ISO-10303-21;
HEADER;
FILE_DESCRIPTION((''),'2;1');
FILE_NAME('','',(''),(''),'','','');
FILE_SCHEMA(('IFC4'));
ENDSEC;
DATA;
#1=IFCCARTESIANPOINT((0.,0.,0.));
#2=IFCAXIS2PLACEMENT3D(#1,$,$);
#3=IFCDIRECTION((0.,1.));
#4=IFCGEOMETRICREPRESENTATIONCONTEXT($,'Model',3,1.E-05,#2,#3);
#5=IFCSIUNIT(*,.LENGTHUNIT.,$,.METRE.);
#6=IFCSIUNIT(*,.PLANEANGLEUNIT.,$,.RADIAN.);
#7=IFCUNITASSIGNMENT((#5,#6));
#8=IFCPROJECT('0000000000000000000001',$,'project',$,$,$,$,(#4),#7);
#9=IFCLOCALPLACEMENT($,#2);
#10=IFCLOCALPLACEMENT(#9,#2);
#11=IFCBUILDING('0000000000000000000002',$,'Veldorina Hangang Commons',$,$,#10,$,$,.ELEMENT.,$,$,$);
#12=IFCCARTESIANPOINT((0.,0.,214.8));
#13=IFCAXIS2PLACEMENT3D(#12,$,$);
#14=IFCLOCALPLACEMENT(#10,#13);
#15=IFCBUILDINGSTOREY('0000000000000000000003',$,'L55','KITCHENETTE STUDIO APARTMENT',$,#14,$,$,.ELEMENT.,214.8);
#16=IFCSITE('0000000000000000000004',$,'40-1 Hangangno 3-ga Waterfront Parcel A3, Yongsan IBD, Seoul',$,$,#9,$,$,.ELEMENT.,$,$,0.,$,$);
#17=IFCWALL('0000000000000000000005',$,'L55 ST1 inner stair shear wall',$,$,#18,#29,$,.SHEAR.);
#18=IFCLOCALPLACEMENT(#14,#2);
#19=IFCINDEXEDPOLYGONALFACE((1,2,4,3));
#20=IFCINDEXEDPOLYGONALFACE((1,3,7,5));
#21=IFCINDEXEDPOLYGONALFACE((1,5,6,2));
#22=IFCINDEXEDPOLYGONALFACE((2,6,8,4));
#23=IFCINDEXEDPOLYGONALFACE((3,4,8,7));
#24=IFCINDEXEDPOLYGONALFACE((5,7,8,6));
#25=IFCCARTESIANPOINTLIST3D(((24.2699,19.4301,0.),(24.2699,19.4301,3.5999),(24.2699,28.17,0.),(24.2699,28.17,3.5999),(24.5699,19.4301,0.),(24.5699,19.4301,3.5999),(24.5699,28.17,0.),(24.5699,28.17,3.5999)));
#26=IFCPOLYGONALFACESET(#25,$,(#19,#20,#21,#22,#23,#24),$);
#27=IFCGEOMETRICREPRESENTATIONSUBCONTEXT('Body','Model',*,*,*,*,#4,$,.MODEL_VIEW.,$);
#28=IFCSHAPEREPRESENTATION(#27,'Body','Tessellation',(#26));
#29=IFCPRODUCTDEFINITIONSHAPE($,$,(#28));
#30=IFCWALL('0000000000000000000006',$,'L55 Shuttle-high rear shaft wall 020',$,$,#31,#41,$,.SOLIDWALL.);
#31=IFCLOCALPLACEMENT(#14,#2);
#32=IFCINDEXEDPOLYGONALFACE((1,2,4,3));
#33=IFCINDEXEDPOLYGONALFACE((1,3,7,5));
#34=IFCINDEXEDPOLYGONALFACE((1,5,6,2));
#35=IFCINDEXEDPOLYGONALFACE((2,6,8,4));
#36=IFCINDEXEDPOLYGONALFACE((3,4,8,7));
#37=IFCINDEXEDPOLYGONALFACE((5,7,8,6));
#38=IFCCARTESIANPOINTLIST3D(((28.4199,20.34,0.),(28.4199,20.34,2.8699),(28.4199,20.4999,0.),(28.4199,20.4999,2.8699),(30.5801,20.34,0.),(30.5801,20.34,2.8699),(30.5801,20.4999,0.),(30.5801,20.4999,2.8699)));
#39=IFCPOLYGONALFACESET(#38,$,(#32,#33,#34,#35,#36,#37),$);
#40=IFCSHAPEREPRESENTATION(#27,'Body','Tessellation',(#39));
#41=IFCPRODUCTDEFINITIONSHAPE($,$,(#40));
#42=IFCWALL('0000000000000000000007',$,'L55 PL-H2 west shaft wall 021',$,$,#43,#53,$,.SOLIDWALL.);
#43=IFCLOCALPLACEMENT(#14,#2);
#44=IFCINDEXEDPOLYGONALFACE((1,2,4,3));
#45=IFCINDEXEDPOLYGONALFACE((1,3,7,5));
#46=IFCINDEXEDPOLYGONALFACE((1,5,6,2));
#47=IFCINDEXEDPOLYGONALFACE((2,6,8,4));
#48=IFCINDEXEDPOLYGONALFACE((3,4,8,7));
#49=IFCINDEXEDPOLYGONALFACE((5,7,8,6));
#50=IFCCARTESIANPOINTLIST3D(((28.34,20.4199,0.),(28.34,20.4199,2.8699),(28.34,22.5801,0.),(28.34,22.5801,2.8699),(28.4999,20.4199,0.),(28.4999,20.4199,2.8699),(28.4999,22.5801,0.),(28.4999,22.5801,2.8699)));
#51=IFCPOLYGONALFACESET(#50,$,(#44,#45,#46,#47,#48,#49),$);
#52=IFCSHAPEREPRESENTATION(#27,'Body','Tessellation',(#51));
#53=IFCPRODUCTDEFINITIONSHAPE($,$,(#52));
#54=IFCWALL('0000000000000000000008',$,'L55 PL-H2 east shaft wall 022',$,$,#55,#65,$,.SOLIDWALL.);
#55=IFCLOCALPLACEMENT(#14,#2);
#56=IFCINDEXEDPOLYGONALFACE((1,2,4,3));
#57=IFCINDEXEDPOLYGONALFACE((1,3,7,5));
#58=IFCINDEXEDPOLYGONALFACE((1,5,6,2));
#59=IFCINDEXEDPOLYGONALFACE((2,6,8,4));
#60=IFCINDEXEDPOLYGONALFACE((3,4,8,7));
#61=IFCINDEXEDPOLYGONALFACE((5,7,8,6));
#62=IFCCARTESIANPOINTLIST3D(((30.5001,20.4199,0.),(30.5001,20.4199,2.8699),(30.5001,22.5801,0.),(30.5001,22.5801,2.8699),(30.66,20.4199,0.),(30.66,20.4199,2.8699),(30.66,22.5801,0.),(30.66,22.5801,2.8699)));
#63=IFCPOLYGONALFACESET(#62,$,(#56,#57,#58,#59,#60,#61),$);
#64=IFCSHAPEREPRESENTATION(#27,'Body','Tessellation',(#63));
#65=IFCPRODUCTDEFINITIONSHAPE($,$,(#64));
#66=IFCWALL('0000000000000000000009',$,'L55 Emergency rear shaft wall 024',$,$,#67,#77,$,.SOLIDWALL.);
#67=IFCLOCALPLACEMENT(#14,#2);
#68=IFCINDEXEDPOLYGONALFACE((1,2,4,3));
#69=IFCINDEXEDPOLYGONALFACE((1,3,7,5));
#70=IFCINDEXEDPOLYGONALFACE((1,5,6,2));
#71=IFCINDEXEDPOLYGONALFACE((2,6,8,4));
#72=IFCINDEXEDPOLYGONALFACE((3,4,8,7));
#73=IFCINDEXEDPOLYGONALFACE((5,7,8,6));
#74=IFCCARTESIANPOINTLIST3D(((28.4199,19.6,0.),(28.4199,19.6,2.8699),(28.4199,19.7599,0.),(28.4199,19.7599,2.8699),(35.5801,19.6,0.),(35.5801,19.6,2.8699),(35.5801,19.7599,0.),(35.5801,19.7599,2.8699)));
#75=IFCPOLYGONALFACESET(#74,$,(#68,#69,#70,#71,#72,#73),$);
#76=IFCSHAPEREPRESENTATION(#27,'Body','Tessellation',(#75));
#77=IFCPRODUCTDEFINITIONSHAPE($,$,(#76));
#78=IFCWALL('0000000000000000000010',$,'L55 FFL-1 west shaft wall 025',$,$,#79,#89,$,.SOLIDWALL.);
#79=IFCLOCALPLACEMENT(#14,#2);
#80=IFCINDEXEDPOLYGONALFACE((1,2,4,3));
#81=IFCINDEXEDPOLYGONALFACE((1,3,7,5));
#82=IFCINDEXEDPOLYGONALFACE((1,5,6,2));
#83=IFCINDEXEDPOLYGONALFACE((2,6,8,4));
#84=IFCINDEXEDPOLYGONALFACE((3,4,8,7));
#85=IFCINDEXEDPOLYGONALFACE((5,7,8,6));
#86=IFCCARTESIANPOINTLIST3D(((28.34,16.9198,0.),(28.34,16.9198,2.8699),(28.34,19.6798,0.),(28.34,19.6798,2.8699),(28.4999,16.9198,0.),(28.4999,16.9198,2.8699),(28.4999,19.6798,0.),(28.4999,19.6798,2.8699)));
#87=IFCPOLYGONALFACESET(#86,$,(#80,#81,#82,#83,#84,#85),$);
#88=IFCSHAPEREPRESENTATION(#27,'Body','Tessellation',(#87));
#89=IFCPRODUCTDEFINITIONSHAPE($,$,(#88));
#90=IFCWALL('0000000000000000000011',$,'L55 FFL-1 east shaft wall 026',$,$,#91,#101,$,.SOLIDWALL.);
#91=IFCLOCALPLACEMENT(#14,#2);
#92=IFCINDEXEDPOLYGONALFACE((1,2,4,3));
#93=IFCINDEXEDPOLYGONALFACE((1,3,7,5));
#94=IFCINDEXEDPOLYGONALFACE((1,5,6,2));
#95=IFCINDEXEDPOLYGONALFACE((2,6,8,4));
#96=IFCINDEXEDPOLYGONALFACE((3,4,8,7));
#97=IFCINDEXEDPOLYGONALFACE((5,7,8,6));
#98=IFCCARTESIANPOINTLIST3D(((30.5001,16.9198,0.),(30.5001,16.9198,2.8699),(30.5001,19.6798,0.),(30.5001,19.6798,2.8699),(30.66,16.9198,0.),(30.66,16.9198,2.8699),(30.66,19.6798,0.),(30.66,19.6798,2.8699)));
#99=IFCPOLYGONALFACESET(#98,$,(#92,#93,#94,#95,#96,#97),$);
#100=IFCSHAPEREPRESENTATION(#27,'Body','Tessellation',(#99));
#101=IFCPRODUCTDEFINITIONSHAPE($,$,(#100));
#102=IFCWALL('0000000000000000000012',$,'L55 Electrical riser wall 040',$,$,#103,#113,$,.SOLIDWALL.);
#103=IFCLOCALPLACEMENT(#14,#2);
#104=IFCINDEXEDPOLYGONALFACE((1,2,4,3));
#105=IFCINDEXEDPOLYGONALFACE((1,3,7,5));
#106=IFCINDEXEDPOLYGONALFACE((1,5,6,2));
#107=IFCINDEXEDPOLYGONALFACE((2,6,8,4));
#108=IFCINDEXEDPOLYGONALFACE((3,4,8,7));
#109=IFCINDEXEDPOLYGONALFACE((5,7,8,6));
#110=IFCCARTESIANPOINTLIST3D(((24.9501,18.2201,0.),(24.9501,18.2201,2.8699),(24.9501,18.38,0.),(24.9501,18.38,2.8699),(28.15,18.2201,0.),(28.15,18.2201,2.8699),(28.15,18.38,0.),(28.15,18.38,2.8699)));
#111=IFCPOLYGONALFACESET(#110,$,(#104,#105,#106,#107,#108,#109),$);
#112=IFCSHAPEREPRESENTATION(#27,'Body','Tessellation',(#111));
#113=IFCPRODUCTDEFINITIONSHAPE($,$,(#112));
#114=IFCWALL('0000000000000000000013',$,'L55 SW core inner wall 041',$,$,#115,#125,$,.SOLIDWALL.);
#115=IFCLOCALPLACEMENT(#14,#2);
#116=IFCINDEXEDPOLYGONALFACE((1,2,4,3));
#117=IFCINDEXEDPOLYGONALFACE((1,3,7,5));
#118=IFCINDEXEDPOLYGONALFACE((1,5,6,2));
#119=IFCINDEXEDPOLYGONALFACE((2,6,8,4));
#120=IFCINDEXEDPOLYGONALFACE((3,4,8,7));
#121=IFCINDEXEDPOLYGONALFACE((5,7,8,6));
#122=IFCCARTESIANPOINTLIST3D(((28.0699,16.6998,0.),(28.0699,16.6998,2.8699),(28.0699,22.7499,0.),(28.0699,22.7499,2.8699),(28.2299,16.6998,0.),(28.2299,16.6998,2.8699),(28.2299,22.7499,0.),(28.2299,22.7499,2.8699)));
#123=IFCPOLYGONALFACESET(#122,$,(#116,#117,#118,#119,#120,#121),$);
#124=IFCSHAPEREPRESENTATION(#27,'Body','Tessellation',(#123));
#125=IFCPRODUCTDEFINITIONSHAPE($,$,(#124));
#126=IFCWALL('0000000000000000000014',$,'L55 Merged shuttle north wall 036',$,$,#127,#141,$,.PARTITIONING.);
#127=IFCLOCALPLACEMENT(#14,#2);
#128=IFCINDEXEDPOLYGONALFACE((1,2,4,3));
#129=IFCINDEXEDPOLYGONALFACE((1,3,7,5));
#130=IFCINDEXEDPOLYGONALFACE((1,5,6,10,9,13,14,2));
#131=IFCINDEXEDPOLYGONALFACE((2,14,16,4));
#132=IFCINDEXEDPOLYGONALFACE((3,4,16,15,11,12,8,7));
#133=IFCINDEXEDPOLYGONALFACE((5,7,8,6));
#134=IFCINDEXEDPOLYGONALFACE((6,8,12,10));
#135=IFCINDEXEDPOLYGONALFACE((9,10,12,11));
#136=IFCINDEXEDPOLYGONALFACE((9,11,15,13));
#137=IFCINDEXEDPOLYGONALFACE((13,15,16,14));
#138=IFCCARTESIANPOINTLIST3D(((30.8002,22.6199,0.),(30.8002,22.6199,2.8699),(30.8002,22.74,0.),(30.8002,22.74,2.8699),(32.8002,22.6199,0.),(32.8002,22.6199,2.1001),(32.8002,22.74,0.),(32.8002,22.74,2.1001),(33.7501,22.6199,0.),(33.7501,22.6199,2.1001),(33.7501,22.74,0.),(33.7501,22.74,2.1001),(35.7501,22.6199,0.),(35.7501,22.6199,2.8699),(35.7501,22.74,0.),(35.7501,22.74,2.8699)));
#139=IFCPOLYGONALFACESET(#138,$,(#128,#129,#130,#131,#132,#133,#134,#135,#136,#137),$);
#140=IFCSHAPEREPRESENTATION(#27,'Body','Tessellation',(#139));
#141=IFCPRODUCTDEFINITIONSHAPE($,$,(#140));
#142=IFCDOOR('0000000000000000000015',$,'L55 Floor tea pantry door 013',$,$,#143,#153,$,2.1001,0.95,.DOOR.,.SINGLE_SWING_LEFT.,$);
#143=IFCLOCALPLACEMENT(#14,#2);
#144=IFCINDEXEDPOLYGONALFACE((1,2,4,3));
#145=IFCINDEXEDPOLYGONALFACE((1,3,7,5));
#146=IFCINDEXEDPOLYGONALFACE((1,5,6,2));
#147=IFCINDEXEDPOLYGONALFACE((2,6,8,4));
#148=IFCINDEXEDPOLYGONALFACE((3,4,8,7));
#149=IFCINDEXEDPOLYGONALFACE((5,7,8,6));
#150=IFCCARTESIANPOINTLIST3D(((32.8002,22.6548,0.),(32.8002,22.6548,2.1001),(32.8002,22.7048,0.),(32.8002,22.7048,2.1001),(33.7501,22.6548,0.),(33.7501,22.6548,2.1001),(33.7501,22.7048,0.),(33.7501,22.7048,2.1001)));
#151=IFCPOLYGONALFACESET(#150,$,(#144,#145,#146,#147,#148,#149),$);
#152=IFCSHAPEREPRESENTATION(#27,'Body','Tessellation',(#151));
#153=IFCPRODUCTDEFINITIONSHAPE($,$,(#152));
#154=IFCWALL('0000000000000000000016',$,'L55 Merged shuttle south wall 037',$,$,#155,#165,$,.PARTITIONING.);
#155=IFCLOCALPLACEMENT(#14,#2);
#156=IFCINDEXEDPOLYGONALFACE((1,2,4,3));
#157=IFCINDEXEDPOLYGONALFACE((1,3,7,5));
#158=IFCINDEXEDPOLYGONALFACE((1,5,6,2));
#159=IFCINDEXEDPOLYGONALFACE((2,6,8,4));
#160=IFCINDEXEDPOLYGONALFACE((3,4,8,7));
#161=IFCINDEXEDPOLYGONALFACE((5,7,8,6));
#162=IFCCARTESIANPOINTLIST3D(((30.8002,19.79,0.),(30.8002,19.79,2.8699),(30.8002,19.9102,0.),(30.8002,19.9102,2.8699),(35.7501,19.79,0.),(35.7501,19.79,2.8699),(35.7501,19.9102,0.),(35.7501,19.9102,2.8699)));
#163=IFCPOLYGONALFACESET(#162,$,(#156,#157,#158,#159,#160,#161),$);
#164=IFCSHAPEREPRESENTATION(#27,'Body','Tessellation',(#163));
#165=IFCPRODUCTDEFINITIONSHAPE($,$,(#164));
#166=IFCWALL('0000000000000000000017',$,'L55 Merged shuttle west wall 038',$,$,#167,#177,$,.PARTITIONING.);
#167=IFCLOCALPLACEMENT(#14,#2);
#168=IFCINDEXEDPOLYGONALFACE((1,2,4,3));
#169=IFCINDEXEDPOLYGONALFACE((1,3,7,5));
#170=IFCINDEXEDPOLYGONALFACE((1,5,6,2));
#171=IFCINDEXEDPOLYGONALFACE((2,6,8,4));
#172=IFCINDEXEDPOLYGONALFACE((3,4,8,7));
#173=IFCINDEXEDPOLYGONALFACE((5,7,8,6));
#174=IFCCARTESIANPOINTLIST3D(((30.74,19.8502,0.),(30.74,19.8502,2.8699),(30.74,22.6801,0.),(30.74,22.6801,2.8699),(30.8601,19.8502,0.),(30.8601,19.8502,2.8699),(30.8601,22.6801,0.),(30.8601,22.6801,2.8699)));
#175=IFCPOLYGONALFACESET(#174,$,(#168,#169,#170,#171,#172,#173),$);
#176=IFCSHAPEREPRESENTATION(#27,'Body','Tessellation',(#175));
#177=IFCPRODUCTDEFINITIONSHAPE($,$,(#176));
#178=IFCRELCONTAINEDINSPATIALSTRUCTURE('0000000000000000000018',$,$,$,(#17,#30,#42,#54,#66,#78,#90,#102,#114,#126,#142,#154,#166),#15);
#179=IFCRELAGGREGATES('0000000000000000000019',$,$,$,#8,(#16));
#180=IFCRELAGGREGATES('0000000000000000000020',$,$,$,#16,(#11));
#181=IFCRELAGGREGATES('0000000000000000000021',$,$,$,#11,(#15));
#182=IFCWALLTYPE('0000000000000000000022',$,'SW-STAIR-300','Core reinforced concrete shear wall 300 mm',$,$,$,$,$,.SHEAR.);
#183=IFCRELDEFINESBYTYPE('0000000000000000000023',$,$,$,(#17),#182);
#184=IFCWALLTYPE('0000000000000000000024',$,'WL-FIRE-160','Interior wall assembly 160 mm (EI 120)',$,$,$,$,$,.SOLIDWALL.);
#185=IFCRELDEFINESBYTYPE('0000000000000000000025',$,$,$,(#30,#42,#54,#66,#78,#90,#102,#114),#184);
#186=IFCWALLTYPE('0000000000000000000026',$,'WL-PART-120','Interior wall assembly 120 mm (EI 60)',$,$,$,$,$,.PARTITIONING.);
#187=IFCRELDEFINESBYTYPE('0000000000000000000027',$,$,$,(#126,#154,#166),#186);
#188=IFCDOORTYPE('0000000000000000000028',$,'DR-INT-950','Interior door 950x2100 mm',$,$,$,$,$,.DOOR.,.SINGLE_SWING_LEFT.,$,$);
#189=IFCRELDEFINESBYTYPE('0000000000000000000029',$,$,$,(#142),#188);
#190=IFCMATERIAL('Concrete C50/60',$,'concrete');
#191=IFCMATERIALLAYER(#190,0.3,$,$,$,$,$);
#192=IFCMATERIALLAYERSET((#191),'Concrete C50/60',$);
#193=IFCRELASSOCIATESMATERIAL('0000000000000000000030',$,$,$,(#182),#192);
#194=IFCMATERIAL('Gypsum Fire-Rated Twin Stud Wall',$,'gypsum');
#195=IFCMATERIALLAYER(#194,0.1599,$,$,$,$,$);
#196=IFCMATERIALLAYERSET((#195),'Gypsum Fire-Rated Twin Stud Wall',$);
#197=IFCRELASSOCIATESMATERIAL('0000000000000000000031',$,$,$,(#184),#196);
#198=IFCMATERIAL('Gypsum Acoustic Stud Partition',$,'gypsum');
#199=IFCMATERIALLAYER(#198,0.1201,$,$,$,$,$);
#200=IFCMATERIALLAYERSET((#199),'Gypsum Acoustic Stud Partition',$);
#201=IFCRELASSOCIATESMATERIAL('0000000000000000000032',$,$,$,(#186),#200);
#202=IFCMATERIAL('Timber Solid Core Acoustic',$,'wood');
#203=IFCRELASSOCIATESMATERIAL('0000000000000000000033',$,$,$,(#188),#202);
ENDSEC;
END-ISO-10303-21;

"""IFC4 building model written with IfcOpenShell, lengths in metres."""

from ifc_helpers import new_model, si_unit, direction, frame, frame_2d, origin, place, context, subcontext, project, spatial, rectangle, extrude, material, layer, layer_set, type_object, element, fill, save


model = new_model("IFC4")

# Units and contexts
model_context = context("Model", 3, precision=1e-05, world=origin(), true_north=direction((0.0, 1.0)))
body_context = subcontext(model_context, "Body", "Model", "MODEL_VIEW")
ifc_project = project(units=[si_unit("LENGTHUNIT", "METRE"), si_unit("PLANEANGLEUNIT", "RADIAN")], contexts=[model_context])

# Site, building, storey
site_placement = place(None, origin())
site = spatial("IfcSite", under=ifc_project, at=site_placement, Name="40-1 Hangangno 3-ga Waterfront Parcel A3, Yongsan IBD, Seoul", CompositionType="ELEMENT", RefElevation=0.0)
building_placement = place(site_placement, origin())
building = spatial("IfcBuilding", under=site, at=building_placement, Name="Veldorina Hangang Commons", CompositionType="ELEMENT")
storey_placement = place(building_placement, frame((0.0, 0.0, 214.8)))
storey = spatial("IfcBuildingStorey", under=building, at=storey_placement, Name="L55", Description="KITCHENETTE STUDIO APARTMENT", CompositionType="ELEMENT", Elevation=214.8)

# Shared definitions
ifc_material_1 = material(Name="Concrete C50/60", Category="concrete")

# Wall
ifc_layer_1 = layer(ifc_material_1, 0.3)
ifc_layer_set_1 = layer_set([ifc_layer_1], Name="Concrete C50/60")
wall_type_1 = type_object("IfcWallType", Name="SW-STAIR-300", Description="Core reinforced concrete shear wall 300 mm", PredefinedType="SHEAR", material=ifc_layer_set_1)
wall_1_placement = place(storey_placement, frame((24.4199, 19.4299, 0.0), z_axis=(0.0, 0.0, 1.0), x_axis=(0.0, 1.0, 0.0)))
element("IfcWall", 1, at=wall_1_placement, inside=storey, type_object=wall_type_1, Name="L55 ST1 inner stair shear wall", PredefinedType="SHEAR", context=body_context, shape_type="SweptSolid", body=[
    extrude(rectangle(XDim=8.74, YDim=0.3, at=frame_2d((4.3701, 0.0))), origin(), (0.0, 0.0, 1.0), 3.5999),
])

# Shared definitions
ifc_material_2 = material(Name="Gypsum Fire-Rated Twin Stud Wall", Category="gypsum")
ifc_layer_2 = layer(ifc_material_2, 0.1599)
ifc_layer_set_2 = layer_set([ifc_layer_2], Name="Gypsum Fire-Rated Twin Stud Wall")
wall_type_2 = type_object("IfcWallType", Name="WL-FIRE-160", Description="Interior wall assembly 160 mm (EI 120)", PredefinedType="SOLIDWALL", material=ifc_layer_set_2)

# Walls
for number, where, z_axis, x_axis, name in (
    (2, (28.4199, 20.4199, 0.0), (0.0, 0.0, 1.0), (1.0, 0.0, 0.0), "L55 Shuttle-high rear shaft wall 020"),
    (3, (28.4199, 20.4199, 0.0), (0.0, 0.0, 1.0), (0.0, 1.0, 0.0), "L55 PL-H2 west shaft wall 021"),
    (4, (30.5801, 20.4199, 0.0), (0.0, 0.0, 1.0), (0.0, 1.0, 0.0), "L55 PL-H2 east shaft wall 022"),
):
    element("IfcWall", number, at=place(storey_placement, frame(where, z_axis=z_axis, x_axis=x_axis)), inside=storey, type_object=wall_type_2, Name=name, PredefinedType="SOLIDWALL", context=body_context, shape_type="SweptSolid", body=[
        extrude(rectangle(XDim=2.1602, YDim=0.1599, at=frame_2d((1.0801, 0.0))), origin(), (0.0, 0.0, 1.0), 2.8699),
    ])

# Walls
wall_2_placement = place(storey_placement, frame((28.4199, 19.6799, 0.0), z_axis=(0.0, 0.0, 1.0), x_axis=(1.0, 0.0, 0.0)))
element("IfcWall", 5, at=wall_2_placement, inside=storey, type_object=wall_type_2, Name="L55 Emergency rear shaft wall 024", PredefinedType="SOLIDWALL", context=body_context, shape_type="SweptSolid", body=[
    extrude(rectangle(XDim=7.1602, YDim=0.1599, at=frame_2d((3.5801, 0.0))), origin(), (0.0, 0.0, 1.0), 2.8699),
])
for number, where, z_axis, x_axis, name in (
    (6, (28.4199, 16.9199, 0.0), (0.0, 0.0, 1.0), (0.0, 1.0, 0.0), "L55 FFL-1 west shaft wall 025"),
    (7, (30.5801, 16.9199, 0.0), (0.0, 0.0, 1.0), (0.0, 1.0, 0.0), "L55 FFL-1 east shaft wall 026"),
):
    element("IfcWall", number, at=place(storey_placement, frame(where, z_axis=z_axis, x_axis=x_axis)), inside=storey, type_object=wall_type_2, Name=name, PredefinedType="SOLIDWALL", context=body_context, shape_type="SweptSolid", body=[
        extrude(rectangle(XDim=2.76, YDim=0.1599, at=frame_2d((1.3799, 0.0))), origin(), (0.0, 0.0, 1.0), 2.8699),
    ])
wall_3_placement = place(storey_placement, frame((24.95, 18.3, 0.0), z_axis=(0.0, 0.0, 1.0), x_axis=(1.0, 0.0, 0.0)))
element("IfcWall", 8, at=wall_3_placement, inside=storey, type_object=wall_type_2, Name="L55 Electrical riser wall 040", PredefinedType="SOLIDWALL", context=body_context, shape_type="SweptSolid", body=[
    extrude(rectangle(XDim=3.2, YDim=0.1599, at=frame_2d((1.6001, 0.0))), origin(), (0.0, 0.0, 1.0), 2.8699),
])
wall_4_placement = place(storey_placement, frame((28.1499, 16.7, 0.0), z_axis=(0.0, 0.0, 1.0), x_axis=(0.0, 1.0, 0.0)))
element("IfcWall", 9, at=wall_4_placement, inside=storey, type_object=wall_type_2, Name="L55 SW core inner wall 041", PredefinedType="SOLIDWALL", context=body_context, shape_type="SweptSolid", body=[
    extrude(rectangle(XDim=6.05, YDim=0.1599, at=frame_2d((3.0249, 0.0))), origin(), (0.0, 0.0, 1.0), 2.8699),
])

# Wall, opening, door
ifc_material_3 = material(Name="Gypsum Acoustic Stud Partition", Category="gypsum")
ifc_layer_3 = layer(ifc_material_3, 0.1201)
ifc_layer_set_3 = layer_set([ifc_layer_3], Name="Gypsum Acoustic Stud Partition")
wall_type_3 = type_object("IfcWallType", Name="WL-PART-120", Description="Interior wall assembly 120 mm (EI 60)", PredefinedType="PARTITIONING", material=ifc_layer_set_3)
wall_5_placement = place(storey_placement, frame((30.8, 22.6799, 0.0), z_axis=(0.0, 0.0, 1.0), x_axis=(1.0, 0.0, 0.0)))
wall_5 = element("IfcWall", 10, at=wall_5_placement, inside=storey, type_object=wall_type_3, Name="L55 Merged shuttle north wall 036", PredefinedType="PARTITIONING", context=body_context, shape_type="SweptSolid", body=[
    extrude(rectangle(XDim=4.95, YDim=0.1201, at=frame_2d((2.4751, 0.0))), origin(), (0.0, 0.0, 1.0), 2.8699),
])
opening_1_placement = place(wall_5_placement, frame((2.0, 0.0, 0.0)))
opening_1 = element("IfcOpeningElement", 11, at=opening_1_placement, cuts=wall_5, PredefinedType="OPENING", context=body_context, shape_type="SweptSolid", body=[
    extrude(rectangle(XDim=0.95, YDim=2.1001, at=frame_2d((0.4751, 1.05))), frame((0.0, 0.0701, 0.0), z_axis=(0.0, -1.0, 0.0), x_axis=(1.0, 0.0, 0.0)), (0.0, 0.0, 1.0), 0.1401),
])
ifc_material_4 = material(Name="Timber Solid Core Acoustic", Category="wood")
door_type_1 = type_object("IfcDoorType", Name="DR-INT-950", Description="Interior door 950x2100 mm", OperationType="SINGLE_SWING_LEFT", PredefinedType="DOOR", material=ifc_material_4)
door_1_placement = place(opening_1_placement, origin())
door_1 = element("IfcDoor", 12, at=door_1_placement, inside=storey, type_object=door_type_1, Name="L55 Floor tea pantry door 013", OperationType="SINGLE_SWING_LEFT", OverallHeight=2.1001, OverallWidth=0.95, PredefinedType="DOOR", context=body_context, shape_type="SweptSolid", body=[
    extrude(rectangle(XDim=0.95, YDim=2.1001, at=frame_2d((0.4751, 1.05))), frame((0.0, 0.0249, 0.0), z_axis=(0.0, -1.0, 0.0), x_axis=(1.0, 0.0, 0.0)), (0.0, 0.0, 1.0), 0.05),
])
fill(opening_1, door_1)

# Walls
wall_6_placement = place(storey_placement, frame((30.8, 19.8501, 0.0), z_axis=(0.0, 0.0, 1.0), x_axis=(1.0, 0.0, 0.0)))
element("IfcWall", 13, at=wall_6_placement, inside=storey, type_object=wall_type_3, Name="L55 Merged shuttle south wall 037", PredefinedType="PARTITIONING", context=body_context, shape_type="SweptSolid", body=[
    extrude(rectangle(XDim=4.95, YDim=0.1201, at=frame_2d((2.4751, 0.0))), origin(), (0.0, 0.0, 1.0), 2.8699),
])
wall_7_placement = place(storey_placement, frame((30.8, 19.8501, 0.0), z_axis=(0.0, 0.0, 1.0), x_axis=(0.0, 1.0, 0.0)))
element("IfcWall", 14, at=wall_7_placement, inside=storey, type_object=wall_type_3, Name="L55 Merged shuttle west wall 038", PredefinedType="PARTITIONING", context=body_context, shape_type="SweptSolid", body=[
    extrude(rectangle(XDim=2.8298, YDim=0.1201, at=frame_2d((1.415, 0.0))), origin(), (0.0, 0.0, 1.0), 2.8699),
])

save(model, "model.ifc")
